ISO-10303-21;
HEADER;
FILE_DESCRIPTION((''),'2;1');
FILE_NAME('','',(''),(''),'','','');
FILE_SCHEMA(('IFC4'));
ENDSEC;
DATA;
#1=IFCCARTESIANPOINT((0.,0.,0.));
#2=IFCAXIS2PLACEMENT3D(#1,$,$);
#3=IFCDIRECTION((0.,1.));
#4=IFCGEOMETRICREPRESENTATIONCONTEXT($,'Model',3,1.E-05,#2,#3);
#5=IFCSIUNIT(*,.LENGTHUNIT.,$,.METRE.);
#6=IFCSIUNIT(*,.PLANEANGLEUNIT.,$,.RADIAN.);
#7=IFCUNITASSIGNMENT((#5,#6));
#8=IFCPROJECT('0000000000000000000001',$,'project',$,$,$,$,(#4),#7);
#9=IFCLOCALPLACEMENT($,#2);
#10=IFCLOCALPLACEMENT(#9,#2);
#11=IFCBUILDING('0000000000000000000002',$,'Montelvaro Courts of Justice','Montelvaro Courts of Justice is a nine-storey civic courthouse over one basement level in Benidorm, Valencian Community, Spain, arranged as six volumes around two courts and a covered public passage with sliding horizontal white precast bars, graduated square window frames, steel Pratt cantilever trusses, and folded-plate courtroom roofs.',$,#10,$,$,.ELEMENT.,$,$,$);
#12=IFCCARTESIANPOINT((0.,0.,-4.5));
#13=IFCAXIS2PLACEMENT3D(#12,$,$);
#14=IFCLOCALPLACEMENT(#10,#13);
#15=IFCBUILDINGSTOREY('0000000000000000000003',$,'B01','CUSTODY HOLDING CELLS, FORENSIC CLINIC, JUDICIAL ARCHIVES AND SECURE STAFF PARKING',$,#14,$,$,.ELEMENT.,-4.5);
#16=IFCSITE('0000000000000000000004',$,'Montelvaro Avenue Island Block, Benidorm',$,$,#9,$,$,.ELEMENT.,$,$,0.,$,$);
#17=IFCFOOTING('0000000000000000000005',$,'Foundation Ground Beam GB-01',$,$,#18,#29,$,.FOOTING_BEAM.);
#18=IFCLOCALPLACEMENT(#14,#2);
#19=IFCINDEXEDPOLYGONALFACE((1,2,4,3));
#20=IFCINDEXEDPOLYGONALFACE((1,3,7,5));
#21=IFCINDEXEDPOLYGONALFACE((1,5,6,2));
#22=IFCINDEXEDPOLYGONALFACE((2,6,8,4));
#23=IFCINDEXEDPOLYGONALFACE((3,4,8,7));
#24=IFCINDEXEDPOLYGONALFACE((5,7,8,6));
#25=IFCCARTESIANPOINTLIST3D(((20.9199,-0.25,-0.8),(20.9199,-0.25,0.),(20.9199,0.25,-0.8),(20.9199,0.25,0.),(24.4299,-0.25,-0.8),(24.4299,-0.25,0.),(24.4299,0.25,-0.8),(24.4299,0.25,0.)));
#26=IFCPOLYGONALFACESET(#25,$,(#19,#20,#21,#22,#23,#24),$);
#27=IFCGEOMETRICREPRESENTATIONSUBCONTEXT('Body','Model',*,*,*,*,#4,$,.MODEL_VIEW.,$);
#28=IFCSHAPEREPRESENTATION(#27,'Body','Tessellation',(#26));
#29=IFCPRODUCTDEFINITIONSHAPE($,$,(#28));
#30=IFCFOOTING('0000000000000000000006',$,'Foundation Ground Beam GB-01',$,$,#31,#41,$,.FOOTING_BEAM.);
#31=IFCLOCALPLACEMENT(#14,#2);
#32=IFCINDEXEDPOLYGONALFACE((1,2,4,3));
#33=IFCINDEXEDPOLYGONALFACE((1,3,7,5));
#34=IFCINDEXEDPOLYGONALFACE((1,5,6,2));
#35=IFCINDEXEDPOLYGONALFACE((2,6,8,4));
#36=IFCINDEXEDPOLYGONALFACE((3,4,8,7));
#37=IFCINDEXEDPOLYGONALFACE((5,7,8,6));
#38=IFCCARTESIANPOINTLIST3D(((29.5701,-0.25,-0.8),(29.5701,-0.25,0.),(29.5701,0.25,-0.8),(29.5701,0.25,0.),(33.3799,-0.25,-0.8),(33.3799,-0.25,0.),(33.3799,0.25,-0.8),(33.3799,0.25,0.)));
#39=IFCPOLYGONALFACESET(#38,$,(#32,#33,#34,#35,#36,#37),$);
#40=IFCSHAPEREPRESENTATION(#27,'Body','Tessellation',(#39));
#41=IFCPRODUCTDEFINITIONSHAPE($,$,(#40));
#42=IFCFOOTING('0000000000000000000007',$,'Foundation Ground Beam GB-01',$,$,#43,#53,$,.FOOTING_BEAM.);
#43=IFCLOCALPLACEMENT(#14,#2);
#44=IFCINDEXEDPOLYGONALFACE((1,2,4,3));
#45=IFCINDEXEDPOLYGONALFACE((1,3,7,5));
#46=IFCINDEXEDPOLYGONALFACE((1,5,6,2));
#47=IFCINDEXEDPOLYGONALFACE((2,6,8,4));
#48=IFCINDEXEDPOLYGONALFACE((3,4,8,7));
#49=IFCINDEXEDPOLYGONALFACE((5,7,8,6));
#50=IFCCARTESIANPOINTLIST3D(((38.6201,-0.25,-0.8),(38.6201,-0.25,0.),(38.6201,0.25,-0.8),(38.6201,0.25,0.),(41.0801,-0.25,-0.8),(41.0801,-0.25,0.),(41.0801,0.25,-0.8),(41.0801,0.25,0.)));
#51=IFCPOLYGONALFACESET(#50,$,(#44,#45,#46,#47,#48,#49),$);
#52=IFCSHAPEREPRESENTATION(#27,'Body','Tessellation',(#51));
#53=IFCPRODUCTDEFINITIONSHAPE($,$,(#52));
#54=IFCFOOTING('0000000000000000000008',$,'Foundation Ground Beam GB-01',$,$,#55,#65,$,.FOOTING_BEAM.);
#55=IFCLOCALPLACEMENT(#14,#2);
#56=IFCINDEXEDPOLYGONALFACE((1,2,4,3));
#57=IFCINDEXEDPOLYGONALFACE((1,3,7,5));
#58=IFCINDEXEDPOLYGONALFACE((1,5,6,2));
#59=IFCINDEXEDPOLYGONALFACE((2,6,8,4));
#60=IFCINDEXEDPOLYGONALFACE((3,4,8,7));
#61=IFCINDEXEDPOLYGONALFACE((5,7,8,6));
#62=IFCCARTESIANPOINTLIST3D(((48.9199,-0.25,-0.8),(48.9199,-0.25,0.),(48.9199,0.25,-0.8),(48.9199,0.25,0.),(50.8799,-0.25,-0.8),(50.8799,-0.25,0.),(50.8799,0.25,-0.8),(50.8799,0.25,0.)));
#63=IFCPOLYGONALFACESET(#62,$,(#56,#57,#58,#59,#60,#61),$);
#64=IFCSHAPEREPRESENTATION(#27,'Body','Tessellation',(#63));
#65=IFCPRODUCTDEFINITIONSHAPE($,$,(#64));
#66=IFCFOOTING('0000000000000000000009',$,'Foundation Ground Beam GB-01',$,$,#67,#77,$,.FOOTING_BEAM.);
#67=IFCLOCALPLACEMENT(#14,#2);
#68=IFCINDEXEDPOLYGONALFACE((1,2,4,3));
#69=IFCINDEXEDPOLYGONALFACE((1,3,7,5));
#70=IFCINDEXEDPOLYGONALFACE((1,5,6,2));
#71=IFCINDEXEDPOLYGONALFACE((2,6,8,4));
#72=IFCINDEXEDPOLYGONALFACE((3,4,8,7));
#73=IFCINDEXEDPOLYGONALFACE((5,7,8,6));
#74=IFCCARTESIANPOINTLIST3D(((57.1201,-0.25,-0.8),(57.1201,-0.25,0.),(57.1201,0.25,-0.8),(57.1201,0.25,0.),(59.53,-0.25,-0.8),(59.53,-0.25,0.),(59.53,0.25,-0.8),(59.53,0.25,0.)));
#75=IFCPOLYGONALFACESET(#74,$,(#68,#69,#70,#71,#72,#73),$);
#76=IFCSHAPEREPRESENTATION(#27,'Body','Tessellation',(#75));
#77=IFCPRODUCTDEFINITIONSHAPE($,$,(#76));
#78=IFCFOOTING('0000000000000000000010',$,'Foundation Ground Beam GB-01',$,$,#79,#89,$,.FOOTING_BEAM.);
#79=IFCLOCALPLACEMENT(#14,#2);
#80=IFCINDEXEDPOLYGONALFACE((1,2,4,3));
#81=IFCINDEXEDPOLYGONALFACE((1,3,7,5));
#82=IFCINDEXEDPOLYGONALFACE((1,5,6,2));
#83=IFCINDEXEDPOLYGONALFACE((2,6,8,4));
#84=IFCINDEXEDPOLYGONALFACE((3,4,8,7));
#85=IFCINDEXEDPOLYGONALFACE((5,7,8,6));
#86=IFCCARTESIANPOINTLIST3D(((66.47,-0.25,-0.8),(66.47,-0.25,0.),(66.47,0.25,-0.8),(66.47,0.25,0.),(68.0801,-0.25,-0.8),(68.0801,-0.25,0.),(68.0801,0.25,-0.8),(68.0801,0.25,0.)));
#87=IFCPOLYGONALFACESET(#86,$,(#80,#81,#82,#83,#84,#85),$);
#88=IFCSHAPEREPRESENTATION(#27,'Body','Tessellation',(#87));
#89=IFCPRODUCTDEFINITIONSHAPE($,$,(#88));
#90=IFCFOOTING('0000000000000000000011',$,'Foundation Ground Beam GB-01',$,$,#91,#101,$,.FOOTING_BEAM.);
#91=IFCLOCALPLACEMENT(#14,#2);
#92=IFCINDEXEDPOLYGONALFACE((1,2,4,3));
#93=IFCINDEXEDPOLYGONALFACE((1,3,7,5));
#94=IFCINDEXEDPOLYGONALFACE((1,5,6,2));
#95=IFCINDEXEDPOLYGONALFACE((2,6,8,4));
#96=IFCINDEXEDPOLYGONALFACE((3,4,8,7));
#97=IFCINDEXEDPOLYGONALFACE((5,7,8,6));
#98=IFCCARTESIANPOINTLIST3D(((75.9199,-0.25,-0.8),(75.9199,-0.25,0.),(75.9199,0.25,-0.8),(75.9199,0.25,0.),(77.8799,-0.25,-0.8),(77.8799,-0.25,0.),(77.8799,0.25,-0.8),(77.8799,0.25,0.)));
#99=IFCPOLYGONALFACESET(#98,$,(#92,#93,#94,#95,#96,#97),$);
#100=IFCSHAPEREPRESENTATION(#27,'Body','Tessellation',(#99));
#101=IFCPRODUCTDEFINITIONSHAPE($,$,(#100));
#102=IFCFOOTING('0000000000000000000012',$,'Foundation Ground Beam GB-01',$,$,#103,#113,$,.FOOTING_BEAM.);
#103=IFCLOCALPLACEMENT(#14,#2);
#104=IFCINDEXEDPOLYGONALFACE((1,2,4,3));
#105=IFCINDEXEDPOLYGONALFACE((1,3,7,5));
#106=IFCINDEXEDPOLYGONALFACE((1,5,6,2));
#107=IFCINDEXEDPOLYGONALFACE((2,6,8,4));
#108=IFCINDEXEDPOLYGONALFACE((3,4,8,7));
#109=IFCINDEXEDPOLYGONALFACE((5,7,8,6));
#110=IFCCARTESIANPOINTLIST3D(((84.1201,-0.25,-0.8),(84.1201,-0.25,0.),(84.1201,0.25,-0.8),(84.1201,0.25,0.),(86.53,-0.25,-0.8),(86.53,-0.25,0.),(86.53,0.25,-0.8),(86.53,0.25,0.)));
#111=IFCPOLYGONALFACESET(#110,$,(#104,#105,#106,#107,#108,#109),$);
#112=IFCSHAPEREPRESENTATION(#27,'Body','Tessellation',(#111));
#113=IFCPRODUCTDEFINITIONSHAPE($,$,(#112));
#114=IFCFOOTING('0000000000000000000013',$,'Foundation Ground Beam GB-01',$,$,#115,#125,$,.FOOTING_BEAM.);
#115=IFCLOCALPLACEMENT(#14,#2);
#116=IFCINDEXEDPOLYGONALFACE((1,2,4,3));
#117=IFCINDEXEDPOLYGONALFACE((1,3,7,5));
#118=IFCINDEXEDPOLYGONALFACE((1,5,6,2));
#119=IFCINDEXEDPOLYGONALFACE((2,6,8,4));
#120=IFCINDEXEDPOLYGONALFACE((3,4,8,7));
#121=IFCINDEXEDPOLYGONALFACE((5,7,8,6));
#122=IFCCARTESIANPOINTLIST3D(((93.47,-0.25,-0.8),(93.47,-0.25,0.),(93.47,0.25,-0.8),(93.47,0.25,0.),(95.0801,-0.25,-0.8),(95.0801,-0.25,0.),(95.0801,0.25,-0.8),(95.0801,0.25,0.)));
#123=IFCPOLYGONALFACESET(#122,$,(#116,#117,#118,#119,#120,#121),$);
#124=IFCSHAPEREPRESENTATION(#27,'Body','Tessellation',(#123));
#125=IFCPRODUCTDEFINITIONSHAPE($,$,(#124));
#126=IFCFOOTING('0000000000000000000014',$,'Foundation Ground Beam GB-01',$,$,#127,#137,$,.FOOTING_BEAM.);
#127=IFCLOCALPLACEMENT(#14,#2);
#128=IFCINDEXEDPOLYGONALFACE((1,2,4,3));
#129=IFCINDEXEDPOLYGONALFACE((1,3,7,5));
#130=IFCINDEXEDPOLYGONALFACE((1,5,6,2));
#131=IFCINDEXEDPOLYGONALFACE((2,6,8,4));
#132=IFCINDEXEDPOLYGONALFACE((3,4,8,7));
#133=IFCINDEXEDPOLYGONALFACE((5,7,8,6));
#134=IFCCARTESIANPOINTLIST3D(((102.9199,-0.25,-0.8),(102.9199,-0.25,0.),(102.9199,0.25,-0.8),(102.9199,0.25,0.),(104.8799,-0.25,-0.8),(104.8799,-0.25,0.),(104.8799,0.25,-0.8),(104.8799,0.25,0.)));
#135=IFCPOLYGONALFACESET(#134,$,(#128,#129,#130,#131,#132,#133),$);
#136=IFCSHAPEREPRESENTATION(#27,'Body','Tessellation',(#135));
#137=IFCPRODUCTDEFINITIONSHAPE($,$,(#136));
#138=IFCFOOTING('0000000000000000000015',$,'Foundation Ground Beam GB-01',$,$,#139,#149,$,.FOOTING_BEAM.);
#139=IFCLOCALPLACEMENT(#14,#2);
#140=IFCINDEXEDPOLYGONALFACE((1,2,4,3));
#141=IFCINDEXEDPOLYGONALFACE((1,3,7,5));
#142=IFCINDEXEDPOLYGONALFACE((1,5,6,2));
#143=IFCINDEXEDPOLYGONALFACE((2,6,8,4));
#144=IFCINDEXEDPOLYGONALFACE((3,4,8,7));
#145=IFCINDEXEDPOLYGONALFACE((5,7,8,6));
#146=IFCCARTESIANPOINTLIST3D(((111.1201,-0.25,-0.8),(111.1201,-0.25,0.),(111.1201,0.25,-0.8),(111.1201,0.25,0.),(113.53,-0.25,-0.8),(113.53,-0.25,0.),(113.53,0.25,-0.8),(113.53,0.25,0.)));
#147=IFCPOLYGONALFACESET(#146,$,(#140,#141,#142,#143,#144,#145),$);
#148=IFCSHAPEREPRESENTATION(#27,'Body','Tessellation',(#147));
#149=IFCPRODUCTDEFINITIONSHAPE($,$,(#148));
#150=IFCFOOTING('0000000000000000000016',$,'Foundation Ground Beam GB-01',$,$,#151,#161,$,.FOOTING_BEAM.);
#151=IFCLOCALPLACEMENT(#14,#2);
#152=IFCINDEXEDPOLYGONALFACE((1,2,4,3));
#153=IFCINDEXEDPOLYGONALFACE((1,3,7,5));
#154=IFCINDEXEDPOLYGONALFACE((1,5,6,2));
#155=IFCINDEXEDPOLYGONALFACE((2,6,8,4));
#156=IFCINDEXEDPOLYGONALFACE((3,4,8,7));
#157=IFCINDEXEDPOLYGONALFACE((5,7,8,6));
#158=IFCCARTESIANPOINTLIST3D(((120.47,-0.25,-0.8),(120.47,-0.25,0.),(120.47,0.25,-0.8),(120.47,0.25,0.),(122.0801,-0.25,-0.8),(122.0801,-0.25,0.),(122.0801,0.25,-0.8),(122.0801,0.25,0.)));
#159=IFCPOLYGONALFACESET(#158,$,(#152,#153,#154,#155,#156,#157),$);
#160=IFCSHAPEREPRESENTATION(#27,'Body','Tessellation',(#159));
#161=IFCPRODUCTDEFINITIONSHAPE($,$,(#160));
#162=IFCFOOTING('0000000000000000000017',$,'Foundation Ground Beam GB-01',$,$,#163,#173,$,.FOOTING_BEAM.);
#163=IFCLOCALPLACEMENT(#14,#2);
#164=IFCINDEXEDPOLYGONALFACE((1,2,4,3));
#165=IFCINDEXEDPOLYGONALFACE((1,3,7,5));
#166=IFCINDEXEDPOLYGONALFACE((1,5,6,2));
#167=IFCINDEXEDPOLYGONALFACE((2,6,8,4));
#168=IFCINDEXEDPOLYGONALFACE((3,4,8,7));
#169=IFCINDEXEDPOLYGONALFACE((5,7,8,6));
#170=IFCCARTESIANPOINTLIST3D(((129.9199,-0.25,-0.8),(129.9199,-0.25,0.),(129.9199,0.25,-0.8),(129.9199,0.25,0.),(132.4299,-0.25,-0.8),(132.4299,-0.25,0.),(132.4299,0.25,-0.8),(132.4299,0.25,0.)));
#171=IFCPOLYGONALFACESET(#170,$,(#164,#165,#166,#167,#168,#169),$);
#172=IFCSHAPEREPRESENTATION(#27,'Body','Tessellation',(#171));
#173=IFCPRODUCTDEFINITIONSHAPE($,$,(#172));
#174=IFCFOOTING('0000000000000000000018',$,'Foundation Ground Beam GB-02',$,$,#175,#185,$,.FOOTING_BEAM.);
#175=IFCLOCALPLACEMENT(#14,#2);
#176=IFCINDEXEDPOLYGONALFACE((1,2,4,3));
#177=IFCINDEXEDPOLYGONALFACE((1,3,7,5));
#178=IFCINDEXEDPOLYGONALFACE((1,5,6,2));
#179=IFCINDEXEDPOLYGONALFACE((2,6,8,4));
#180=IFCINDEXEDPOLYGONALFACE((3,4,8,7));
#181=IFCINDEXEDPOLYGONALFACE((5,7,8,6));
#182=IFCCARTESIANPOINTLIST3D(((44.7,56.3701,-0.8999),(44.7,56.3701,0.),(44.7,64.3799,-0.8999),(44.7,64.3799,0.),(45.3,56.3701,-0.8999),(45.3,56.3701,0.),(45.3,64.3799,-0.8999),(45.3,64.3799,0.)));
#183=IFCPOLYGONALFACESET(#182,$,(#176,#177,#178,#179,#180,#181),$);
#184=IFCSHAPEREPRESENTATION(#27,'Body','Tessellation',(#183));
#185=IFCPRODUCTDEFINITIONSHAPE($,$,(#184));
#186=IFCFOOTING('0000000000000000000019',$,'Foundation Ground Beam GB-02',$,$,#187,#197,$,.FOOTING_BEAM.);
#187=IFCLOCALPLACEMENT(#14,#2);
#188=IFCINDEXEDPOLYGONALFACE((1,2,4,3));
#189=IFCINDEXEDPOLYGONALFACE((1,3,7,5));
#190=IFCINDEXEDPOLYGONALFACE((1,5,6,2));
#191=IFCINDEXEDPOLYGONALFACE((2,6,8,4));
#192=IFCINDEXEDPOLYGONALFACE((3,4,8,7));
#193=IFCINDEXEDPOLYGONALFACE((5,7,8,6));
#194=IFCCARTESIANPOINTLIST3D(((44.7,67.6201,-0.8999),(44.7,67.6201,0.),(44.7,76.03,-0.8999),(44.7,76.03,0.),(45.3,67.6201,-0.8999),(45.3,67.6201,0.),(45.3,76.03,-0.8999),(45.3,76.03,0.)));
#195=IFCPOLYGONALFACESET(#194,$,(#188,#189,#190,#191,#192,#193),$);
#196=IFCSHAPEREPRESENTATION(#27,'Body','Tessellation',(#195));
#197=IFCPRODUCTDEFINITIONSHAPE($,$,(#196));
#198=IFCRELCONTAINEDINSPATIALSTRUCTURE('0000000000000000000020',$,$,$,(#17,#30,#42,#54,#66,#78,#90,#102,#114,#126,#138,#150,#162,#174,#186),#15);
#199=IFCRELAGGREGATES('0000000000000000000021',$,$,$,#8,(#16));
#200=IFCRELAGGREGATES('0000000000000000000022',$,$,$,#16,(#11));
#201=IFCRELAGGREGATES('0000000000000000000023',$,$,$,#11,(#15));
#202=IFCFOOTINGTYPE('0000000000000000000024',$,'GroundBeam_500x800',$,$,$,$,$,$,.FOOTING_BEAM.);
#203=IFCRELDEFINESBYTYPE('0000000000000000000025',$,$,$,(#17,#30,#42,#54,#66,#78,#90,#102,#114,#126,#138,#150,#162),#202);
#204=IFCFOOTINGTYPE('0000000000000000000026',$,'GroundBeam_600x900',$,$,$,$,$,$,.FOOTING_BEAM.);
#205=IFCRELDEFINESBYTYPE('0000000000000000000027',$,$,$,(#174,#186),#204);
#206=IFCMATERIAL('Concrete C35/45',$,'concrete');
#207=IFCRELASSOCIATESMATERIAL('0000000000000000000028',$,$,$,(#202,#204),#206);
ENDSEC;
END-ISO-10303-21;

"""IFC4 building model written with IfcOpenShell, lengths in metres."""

from ifc_helpers import new_model, si_unit, direction, frame, origin, place, context, subcontext, project, spatial, polyline, outline, extrude, material, type_object, element, save


model = new_model("IFC4")

# Units and contexts
model_context = context("Model", 3, precision=1e-05, world=origin(), true_north=direction((0.0, 1.0)))
body_context = subcontext(model_context, "Body", "Model", "MODEL_VIEW")
ifc_project = project(units=[si_unit("LENGTHUNIT", "METRE"), si_unit("PLANEANGLEUNIT", "RADIAN")], contexts=[model_context])

# Site, building, storey
site_placement = place(None, origin())
site = spatial("IfcSite", under=ifc_project, at=site_placement, Name="Montelvaro Avenue Island Block, Benidorm", CompositionType="ELEMENT", RefElevation=0.0)
building_placement = place(site_placement, origin())
building = spatial("IfcBuilding", under=site, at=building_placement, Name="Montelvaro Courts of Justice", Description="Montelvaro Courts of Justice is a nine-storey civic courthouse over one basement level in Benidorm, Valencian Community, Spain, arranged as six volumes around two courts and a covered public passage with sliding horizontal white precast bars, graduated square window frames, steel Pratt cantilever trusses, and folded-plate courtroom roofs.", CompositionType="ELEMENT")
storey_placement = place(building_placement, frame((0.0, 0.0, -4.5)))
storey = spatial("IfcBuildingStorey", under=building, at=storey_placement, Name="B01", Description="CUSTODY HOLDING CELLS, FORENSIC CLINIC, JUDICIAL ARCHIVES AND SECURE STAFF PARKING", CompositionType="ELEMENT", Elevation=-4.5)

# Footings
ifc_material = material(Name="Concrete C35/45", Category="concrete")
footing_type_1 = type_object("IfcFootingType", Name="GroundBeam_500x800", PredefinedType="FOOTING_BEAM", material=ifc_material)
footing_1_placement = place(storey_placement, frame((0.0, 0.0, -0.8)))
element("IfcFooting", 1, at=footing_1_placement, inside=storey, type_object=footing_type_1, Name="Foundation Ground Beam GB-01", PredefinedType="FOOTING_BEAM", context=body_context, shape_type="SweptSolid", body=[
    extrude(outline(polyline([(20.9199, -0.25), (24.4299, -0.25), (24.4299, 0.25), (20.9199, 0.25), (20.9199, -0.25)])), origin(), (0.0, 0.0, 1.0), 0.8),
])
footing_2_placement = place(storey_placement, frame((0.0, 0.0, -0.8)))
element("IfcFooting", 2, at=footing_2_placement, inside=storey, type_object=footing_type_1, Name="Foundation Ground Beam GB-01", PredefinedType="FOOTING_BEAM", context=body_context, shape_type="SweptSolid", body=[
    extrude(outline(polyline([(29.5701, -0.25), (33.3799, -0.25), (33.3799, 0.25), (29.5701, 0.25), (29.5701, -0.25)])), origin(), (0.0, 0.0, 1.0), 0.8),
])
footing_3_placement = place(storey_placement, frame((0.0, 0.0, -0.8)))
element("IfcFooting", 3, at=footing_3_placement, inside=storey, type_object=footing_type_1, Name="Foundation Ground Beam GB-01", PredefinedType="FOOTING_BEAM", context=body_context, shape_type="SweptSolid", body=[
    extrude(outline(polyline([(38.6201, -0.25), (41.0801, -0.25), (41.0801, 0.25), (38.6201, 0.25), (38.6201, -0.25)])), origin(), (0.0, 0.0, 1.0), 0.8),
])
footing_4_placement = place(storey_placement, frame((0.0, 0.0, -0.8)))
element("IfcFooting", 4, at=footing_4_placement, inside=storey, type_object=footing_type_1, Name="Foundation Ground Beam GB-01", PredefinedType="FOOTING_BEAM", context=body_context, shape_type="SweptSolid", body=[
    extrude(outline(polyline([(48.9199, -0.25), (50.8799, -0.25), (50.8799, 0.25), (48.9199, 0.25), (48.9199, -0.25)])), origin(), (0.0, 0.0, 1.0), 0.8),
])
footing_5_placement = place(storey_placement, frame((0.0, 0.0, -0.8)))
element("IfcFooting", 5, at=footing_5_placement, inside=storey, type_object=footing_type_1, Name="Foundation Ground Beam GB-01", PredefinedType="FOOTING_BEAM", context=body_context, shape_type="SweptSolid", body=[
    extrude(outline(polyline([(57.1201, -0.25), (59.53, -0.25), (59.53, 0.25), (57.1201, 0.25), (57.1201, -0.25)])), origin(), (0.0, 0.0, 1.0), 0.8),
])
footing_6_placement = place(storey_placement, frame((0.0, 0.0, -0.8)))
element("IfcFooting", 6, at=footing_6_placement, inside=storey, type_object=footing_type_1, Name="Foundation Ground Beam GB-01", PredefinedType="FOOTING_BEAM", context=body_context, shape_type="SweptSolid", body=[
    extrude(outline(polyline([(66.47, -0.25), (68.0801, -0.25), (68.0801, 0.25), (66.47, 0.25), (66.47, -0.25)])), origin(), (0.0, 0.0, 1.0), 0.8),
])
footing_7_placement = place(storey_placement, frame((0.0, 0.0, -0.8)))
element("IfcFooting", 7, at=footing_7_placement, inside=storey, type_object=footing_type_1, Name="Foundation Ground Beam GB-01", PredefinedType="FOOTING_BEAM", context=body_context, shape_type="SweptSolid", body=[
    extrude(outline(polyline([(75.9199, -0.25), (77.8799, -0.25), (77.8799, 0.25), (75.9199, 0.25), (75.9199, -0.25)])), origin(), (0.0, 0.0, 1.0), 0.8),
])
footing_8_placement = place(storey_placement, frame((0.0, 0.0, -0.8)))
element("IfcFooting", 8, at=footing_8_placement, inside=storey, type_object=footing_type_1, Name="Foundation Ground Beam GB-01", PredefinedType="FOOTING_BEAM", context=body_context, shape_type="SweptSolid", body=[
    extrude(outline(polyline([(84.1201, -0.25), (86.53, -0.25), (86.53, 0.25), (84.1201, 0.25), (84.1201, -0.25)])), origin(), (0.0, 0.0, 1.0), 0.8),
])
footing_9_placement = place(storey_placement, frame((0.0, 0.0, -0.8)))
element("IfcFooting", 9, at=footing_9_placement, inside=storey, type_object=footing_type_1, Name="Foundation Ground Beam GB-01", PredefinedType="FOOTING_BEAM", context=body_context, shape_type="SweptSolid", body=[
    extrude(outline(polyline([(93.47, -0.25), (95.0801, -0.25), (95.0801, 0.25), (93.47, 0.25), (93.47, -0.25)])), origin(), (0.0, 0.0, 1.0), 0.8),
])
footing_10_placement = place(storey_placement, frame((0.0, 0.0, -0.8)))
element("IfcFooting", 10, at=footing_10_placement, inside=storey, type_object=footing_type_1, Name="Foundation Ground Beam GB-01", PredefinedType="FOOTING_BEAM", context=body_context, shape_type="SweptSolid", body=[
    extrude(outline(polyline([(102.9199, -0.25), (104.8799, -0.25), (104.8799, 0.25), (102.9199, 0.25), (102.9199, -0.25)])), origin(), (0.0, 0.0, 1.0), 0.8),
])
footing_11_placement = place(storey_placement, frame((0.0, 0.0, -0.8)))
element("IfcFooting", 11, at=footing_11_placement, inside=storey, type_object=footing_type_1, Name="Foundation Ground Beam GB-01", PredefinedType="FOOTING_BEAM", context=body_context, shape_type="SweptSolid", body=[
    extrude(outline(polyline([(111.1201, -0.25), (113.53, -0.25), (113.53, 0.25), (111.1201, 0.25), (111.1201, -0.25)])), origin(), (0.0, 0.0, 1.0), 0.8),
])
footing_12_placement = place(storey_placement, frame((0.0, 0.0, -0.8)))
element("IfcFooting", 12, at=footing_12_placement, inside=storey, type_object=footing_type_1, Name="Foundation Ground Beam GB-01", PredefinedType="FOOTING_BEAM", context=body_context, shape_type="SweptSolid", body=[
    extrude(outline(polyline([(120.47, -0.25), (122.0801, -0.25), (122.0801, 0.25), (120.47, 0.25), (120.47, -0.25)])), origin(), (0.0, 0.0, 1.0), 0.8),
])
footing_13_placement = place(storey_placement, frame((0.0, 0.0, -0.8)))
element("IfcFooting", 13, at=footing_13_placement, inside=storey, type_object=footing_type_1, Name="Foundation Ground Beam GB-01", PredefinedType="FOOTING_BEAM", context=body_context, shape_type="SweptSolid", body=[
    extrude(outline(polyline([(129.9199, -0.25), (132.4299, -0.25), (132.4299, 0.25), (129.9199, 0.25), (129.9199, -0.25)])), origin(), (0.0, 0.0, 1.0), 0.8),
])
footing_type_2 = type_object("IfcFootingType", Name="GroundBeam_600x900", PredefinedType="FOOTING_BEAM", material=ifc_material)
footing_14_placement = place(storey_placement, frame((0.0, 0.0, -0.8999)))
element("IfcFooting", 14, at=footing_14_placement, inside=storey, type_object=footing_type_2, Name="Foundation Ground Beam GB-02", PredefinedType="FOOTING_BEAM", context=body_context, shape_type="SweptSolid", body=[
    extrude(outline(polyline([(44.7, 56.3701), (45.3, 56.3701), (45.3, 64.3799), (44.7, 64.3799), (44.7, 56.3701)])), origin(), (0.0, 0.0, 1.0), 0.8999),
])
footing_15_placement = place(storey_placement, frame((0.0, 0.0, -0.8999)))
element("IfcFooting", 15, at=footing_15_placement, inside=storey, type_object=footing_type_2, Name="Foundation Ground Beam GB-02", PredefinedType="FOOTING_BEAM", context=body_context, shape_type="SweptSolid", body=[
    extrude(outline(polyline([(44.7, 67.6201), (45.3, 67.6201), (45.3, 76.03), (44.7, 76.03), (44.7, 67.6201)])), origin(), (0.0, 0.0, 1.0), 0.8999),
])

save(model, "model.ifc")
